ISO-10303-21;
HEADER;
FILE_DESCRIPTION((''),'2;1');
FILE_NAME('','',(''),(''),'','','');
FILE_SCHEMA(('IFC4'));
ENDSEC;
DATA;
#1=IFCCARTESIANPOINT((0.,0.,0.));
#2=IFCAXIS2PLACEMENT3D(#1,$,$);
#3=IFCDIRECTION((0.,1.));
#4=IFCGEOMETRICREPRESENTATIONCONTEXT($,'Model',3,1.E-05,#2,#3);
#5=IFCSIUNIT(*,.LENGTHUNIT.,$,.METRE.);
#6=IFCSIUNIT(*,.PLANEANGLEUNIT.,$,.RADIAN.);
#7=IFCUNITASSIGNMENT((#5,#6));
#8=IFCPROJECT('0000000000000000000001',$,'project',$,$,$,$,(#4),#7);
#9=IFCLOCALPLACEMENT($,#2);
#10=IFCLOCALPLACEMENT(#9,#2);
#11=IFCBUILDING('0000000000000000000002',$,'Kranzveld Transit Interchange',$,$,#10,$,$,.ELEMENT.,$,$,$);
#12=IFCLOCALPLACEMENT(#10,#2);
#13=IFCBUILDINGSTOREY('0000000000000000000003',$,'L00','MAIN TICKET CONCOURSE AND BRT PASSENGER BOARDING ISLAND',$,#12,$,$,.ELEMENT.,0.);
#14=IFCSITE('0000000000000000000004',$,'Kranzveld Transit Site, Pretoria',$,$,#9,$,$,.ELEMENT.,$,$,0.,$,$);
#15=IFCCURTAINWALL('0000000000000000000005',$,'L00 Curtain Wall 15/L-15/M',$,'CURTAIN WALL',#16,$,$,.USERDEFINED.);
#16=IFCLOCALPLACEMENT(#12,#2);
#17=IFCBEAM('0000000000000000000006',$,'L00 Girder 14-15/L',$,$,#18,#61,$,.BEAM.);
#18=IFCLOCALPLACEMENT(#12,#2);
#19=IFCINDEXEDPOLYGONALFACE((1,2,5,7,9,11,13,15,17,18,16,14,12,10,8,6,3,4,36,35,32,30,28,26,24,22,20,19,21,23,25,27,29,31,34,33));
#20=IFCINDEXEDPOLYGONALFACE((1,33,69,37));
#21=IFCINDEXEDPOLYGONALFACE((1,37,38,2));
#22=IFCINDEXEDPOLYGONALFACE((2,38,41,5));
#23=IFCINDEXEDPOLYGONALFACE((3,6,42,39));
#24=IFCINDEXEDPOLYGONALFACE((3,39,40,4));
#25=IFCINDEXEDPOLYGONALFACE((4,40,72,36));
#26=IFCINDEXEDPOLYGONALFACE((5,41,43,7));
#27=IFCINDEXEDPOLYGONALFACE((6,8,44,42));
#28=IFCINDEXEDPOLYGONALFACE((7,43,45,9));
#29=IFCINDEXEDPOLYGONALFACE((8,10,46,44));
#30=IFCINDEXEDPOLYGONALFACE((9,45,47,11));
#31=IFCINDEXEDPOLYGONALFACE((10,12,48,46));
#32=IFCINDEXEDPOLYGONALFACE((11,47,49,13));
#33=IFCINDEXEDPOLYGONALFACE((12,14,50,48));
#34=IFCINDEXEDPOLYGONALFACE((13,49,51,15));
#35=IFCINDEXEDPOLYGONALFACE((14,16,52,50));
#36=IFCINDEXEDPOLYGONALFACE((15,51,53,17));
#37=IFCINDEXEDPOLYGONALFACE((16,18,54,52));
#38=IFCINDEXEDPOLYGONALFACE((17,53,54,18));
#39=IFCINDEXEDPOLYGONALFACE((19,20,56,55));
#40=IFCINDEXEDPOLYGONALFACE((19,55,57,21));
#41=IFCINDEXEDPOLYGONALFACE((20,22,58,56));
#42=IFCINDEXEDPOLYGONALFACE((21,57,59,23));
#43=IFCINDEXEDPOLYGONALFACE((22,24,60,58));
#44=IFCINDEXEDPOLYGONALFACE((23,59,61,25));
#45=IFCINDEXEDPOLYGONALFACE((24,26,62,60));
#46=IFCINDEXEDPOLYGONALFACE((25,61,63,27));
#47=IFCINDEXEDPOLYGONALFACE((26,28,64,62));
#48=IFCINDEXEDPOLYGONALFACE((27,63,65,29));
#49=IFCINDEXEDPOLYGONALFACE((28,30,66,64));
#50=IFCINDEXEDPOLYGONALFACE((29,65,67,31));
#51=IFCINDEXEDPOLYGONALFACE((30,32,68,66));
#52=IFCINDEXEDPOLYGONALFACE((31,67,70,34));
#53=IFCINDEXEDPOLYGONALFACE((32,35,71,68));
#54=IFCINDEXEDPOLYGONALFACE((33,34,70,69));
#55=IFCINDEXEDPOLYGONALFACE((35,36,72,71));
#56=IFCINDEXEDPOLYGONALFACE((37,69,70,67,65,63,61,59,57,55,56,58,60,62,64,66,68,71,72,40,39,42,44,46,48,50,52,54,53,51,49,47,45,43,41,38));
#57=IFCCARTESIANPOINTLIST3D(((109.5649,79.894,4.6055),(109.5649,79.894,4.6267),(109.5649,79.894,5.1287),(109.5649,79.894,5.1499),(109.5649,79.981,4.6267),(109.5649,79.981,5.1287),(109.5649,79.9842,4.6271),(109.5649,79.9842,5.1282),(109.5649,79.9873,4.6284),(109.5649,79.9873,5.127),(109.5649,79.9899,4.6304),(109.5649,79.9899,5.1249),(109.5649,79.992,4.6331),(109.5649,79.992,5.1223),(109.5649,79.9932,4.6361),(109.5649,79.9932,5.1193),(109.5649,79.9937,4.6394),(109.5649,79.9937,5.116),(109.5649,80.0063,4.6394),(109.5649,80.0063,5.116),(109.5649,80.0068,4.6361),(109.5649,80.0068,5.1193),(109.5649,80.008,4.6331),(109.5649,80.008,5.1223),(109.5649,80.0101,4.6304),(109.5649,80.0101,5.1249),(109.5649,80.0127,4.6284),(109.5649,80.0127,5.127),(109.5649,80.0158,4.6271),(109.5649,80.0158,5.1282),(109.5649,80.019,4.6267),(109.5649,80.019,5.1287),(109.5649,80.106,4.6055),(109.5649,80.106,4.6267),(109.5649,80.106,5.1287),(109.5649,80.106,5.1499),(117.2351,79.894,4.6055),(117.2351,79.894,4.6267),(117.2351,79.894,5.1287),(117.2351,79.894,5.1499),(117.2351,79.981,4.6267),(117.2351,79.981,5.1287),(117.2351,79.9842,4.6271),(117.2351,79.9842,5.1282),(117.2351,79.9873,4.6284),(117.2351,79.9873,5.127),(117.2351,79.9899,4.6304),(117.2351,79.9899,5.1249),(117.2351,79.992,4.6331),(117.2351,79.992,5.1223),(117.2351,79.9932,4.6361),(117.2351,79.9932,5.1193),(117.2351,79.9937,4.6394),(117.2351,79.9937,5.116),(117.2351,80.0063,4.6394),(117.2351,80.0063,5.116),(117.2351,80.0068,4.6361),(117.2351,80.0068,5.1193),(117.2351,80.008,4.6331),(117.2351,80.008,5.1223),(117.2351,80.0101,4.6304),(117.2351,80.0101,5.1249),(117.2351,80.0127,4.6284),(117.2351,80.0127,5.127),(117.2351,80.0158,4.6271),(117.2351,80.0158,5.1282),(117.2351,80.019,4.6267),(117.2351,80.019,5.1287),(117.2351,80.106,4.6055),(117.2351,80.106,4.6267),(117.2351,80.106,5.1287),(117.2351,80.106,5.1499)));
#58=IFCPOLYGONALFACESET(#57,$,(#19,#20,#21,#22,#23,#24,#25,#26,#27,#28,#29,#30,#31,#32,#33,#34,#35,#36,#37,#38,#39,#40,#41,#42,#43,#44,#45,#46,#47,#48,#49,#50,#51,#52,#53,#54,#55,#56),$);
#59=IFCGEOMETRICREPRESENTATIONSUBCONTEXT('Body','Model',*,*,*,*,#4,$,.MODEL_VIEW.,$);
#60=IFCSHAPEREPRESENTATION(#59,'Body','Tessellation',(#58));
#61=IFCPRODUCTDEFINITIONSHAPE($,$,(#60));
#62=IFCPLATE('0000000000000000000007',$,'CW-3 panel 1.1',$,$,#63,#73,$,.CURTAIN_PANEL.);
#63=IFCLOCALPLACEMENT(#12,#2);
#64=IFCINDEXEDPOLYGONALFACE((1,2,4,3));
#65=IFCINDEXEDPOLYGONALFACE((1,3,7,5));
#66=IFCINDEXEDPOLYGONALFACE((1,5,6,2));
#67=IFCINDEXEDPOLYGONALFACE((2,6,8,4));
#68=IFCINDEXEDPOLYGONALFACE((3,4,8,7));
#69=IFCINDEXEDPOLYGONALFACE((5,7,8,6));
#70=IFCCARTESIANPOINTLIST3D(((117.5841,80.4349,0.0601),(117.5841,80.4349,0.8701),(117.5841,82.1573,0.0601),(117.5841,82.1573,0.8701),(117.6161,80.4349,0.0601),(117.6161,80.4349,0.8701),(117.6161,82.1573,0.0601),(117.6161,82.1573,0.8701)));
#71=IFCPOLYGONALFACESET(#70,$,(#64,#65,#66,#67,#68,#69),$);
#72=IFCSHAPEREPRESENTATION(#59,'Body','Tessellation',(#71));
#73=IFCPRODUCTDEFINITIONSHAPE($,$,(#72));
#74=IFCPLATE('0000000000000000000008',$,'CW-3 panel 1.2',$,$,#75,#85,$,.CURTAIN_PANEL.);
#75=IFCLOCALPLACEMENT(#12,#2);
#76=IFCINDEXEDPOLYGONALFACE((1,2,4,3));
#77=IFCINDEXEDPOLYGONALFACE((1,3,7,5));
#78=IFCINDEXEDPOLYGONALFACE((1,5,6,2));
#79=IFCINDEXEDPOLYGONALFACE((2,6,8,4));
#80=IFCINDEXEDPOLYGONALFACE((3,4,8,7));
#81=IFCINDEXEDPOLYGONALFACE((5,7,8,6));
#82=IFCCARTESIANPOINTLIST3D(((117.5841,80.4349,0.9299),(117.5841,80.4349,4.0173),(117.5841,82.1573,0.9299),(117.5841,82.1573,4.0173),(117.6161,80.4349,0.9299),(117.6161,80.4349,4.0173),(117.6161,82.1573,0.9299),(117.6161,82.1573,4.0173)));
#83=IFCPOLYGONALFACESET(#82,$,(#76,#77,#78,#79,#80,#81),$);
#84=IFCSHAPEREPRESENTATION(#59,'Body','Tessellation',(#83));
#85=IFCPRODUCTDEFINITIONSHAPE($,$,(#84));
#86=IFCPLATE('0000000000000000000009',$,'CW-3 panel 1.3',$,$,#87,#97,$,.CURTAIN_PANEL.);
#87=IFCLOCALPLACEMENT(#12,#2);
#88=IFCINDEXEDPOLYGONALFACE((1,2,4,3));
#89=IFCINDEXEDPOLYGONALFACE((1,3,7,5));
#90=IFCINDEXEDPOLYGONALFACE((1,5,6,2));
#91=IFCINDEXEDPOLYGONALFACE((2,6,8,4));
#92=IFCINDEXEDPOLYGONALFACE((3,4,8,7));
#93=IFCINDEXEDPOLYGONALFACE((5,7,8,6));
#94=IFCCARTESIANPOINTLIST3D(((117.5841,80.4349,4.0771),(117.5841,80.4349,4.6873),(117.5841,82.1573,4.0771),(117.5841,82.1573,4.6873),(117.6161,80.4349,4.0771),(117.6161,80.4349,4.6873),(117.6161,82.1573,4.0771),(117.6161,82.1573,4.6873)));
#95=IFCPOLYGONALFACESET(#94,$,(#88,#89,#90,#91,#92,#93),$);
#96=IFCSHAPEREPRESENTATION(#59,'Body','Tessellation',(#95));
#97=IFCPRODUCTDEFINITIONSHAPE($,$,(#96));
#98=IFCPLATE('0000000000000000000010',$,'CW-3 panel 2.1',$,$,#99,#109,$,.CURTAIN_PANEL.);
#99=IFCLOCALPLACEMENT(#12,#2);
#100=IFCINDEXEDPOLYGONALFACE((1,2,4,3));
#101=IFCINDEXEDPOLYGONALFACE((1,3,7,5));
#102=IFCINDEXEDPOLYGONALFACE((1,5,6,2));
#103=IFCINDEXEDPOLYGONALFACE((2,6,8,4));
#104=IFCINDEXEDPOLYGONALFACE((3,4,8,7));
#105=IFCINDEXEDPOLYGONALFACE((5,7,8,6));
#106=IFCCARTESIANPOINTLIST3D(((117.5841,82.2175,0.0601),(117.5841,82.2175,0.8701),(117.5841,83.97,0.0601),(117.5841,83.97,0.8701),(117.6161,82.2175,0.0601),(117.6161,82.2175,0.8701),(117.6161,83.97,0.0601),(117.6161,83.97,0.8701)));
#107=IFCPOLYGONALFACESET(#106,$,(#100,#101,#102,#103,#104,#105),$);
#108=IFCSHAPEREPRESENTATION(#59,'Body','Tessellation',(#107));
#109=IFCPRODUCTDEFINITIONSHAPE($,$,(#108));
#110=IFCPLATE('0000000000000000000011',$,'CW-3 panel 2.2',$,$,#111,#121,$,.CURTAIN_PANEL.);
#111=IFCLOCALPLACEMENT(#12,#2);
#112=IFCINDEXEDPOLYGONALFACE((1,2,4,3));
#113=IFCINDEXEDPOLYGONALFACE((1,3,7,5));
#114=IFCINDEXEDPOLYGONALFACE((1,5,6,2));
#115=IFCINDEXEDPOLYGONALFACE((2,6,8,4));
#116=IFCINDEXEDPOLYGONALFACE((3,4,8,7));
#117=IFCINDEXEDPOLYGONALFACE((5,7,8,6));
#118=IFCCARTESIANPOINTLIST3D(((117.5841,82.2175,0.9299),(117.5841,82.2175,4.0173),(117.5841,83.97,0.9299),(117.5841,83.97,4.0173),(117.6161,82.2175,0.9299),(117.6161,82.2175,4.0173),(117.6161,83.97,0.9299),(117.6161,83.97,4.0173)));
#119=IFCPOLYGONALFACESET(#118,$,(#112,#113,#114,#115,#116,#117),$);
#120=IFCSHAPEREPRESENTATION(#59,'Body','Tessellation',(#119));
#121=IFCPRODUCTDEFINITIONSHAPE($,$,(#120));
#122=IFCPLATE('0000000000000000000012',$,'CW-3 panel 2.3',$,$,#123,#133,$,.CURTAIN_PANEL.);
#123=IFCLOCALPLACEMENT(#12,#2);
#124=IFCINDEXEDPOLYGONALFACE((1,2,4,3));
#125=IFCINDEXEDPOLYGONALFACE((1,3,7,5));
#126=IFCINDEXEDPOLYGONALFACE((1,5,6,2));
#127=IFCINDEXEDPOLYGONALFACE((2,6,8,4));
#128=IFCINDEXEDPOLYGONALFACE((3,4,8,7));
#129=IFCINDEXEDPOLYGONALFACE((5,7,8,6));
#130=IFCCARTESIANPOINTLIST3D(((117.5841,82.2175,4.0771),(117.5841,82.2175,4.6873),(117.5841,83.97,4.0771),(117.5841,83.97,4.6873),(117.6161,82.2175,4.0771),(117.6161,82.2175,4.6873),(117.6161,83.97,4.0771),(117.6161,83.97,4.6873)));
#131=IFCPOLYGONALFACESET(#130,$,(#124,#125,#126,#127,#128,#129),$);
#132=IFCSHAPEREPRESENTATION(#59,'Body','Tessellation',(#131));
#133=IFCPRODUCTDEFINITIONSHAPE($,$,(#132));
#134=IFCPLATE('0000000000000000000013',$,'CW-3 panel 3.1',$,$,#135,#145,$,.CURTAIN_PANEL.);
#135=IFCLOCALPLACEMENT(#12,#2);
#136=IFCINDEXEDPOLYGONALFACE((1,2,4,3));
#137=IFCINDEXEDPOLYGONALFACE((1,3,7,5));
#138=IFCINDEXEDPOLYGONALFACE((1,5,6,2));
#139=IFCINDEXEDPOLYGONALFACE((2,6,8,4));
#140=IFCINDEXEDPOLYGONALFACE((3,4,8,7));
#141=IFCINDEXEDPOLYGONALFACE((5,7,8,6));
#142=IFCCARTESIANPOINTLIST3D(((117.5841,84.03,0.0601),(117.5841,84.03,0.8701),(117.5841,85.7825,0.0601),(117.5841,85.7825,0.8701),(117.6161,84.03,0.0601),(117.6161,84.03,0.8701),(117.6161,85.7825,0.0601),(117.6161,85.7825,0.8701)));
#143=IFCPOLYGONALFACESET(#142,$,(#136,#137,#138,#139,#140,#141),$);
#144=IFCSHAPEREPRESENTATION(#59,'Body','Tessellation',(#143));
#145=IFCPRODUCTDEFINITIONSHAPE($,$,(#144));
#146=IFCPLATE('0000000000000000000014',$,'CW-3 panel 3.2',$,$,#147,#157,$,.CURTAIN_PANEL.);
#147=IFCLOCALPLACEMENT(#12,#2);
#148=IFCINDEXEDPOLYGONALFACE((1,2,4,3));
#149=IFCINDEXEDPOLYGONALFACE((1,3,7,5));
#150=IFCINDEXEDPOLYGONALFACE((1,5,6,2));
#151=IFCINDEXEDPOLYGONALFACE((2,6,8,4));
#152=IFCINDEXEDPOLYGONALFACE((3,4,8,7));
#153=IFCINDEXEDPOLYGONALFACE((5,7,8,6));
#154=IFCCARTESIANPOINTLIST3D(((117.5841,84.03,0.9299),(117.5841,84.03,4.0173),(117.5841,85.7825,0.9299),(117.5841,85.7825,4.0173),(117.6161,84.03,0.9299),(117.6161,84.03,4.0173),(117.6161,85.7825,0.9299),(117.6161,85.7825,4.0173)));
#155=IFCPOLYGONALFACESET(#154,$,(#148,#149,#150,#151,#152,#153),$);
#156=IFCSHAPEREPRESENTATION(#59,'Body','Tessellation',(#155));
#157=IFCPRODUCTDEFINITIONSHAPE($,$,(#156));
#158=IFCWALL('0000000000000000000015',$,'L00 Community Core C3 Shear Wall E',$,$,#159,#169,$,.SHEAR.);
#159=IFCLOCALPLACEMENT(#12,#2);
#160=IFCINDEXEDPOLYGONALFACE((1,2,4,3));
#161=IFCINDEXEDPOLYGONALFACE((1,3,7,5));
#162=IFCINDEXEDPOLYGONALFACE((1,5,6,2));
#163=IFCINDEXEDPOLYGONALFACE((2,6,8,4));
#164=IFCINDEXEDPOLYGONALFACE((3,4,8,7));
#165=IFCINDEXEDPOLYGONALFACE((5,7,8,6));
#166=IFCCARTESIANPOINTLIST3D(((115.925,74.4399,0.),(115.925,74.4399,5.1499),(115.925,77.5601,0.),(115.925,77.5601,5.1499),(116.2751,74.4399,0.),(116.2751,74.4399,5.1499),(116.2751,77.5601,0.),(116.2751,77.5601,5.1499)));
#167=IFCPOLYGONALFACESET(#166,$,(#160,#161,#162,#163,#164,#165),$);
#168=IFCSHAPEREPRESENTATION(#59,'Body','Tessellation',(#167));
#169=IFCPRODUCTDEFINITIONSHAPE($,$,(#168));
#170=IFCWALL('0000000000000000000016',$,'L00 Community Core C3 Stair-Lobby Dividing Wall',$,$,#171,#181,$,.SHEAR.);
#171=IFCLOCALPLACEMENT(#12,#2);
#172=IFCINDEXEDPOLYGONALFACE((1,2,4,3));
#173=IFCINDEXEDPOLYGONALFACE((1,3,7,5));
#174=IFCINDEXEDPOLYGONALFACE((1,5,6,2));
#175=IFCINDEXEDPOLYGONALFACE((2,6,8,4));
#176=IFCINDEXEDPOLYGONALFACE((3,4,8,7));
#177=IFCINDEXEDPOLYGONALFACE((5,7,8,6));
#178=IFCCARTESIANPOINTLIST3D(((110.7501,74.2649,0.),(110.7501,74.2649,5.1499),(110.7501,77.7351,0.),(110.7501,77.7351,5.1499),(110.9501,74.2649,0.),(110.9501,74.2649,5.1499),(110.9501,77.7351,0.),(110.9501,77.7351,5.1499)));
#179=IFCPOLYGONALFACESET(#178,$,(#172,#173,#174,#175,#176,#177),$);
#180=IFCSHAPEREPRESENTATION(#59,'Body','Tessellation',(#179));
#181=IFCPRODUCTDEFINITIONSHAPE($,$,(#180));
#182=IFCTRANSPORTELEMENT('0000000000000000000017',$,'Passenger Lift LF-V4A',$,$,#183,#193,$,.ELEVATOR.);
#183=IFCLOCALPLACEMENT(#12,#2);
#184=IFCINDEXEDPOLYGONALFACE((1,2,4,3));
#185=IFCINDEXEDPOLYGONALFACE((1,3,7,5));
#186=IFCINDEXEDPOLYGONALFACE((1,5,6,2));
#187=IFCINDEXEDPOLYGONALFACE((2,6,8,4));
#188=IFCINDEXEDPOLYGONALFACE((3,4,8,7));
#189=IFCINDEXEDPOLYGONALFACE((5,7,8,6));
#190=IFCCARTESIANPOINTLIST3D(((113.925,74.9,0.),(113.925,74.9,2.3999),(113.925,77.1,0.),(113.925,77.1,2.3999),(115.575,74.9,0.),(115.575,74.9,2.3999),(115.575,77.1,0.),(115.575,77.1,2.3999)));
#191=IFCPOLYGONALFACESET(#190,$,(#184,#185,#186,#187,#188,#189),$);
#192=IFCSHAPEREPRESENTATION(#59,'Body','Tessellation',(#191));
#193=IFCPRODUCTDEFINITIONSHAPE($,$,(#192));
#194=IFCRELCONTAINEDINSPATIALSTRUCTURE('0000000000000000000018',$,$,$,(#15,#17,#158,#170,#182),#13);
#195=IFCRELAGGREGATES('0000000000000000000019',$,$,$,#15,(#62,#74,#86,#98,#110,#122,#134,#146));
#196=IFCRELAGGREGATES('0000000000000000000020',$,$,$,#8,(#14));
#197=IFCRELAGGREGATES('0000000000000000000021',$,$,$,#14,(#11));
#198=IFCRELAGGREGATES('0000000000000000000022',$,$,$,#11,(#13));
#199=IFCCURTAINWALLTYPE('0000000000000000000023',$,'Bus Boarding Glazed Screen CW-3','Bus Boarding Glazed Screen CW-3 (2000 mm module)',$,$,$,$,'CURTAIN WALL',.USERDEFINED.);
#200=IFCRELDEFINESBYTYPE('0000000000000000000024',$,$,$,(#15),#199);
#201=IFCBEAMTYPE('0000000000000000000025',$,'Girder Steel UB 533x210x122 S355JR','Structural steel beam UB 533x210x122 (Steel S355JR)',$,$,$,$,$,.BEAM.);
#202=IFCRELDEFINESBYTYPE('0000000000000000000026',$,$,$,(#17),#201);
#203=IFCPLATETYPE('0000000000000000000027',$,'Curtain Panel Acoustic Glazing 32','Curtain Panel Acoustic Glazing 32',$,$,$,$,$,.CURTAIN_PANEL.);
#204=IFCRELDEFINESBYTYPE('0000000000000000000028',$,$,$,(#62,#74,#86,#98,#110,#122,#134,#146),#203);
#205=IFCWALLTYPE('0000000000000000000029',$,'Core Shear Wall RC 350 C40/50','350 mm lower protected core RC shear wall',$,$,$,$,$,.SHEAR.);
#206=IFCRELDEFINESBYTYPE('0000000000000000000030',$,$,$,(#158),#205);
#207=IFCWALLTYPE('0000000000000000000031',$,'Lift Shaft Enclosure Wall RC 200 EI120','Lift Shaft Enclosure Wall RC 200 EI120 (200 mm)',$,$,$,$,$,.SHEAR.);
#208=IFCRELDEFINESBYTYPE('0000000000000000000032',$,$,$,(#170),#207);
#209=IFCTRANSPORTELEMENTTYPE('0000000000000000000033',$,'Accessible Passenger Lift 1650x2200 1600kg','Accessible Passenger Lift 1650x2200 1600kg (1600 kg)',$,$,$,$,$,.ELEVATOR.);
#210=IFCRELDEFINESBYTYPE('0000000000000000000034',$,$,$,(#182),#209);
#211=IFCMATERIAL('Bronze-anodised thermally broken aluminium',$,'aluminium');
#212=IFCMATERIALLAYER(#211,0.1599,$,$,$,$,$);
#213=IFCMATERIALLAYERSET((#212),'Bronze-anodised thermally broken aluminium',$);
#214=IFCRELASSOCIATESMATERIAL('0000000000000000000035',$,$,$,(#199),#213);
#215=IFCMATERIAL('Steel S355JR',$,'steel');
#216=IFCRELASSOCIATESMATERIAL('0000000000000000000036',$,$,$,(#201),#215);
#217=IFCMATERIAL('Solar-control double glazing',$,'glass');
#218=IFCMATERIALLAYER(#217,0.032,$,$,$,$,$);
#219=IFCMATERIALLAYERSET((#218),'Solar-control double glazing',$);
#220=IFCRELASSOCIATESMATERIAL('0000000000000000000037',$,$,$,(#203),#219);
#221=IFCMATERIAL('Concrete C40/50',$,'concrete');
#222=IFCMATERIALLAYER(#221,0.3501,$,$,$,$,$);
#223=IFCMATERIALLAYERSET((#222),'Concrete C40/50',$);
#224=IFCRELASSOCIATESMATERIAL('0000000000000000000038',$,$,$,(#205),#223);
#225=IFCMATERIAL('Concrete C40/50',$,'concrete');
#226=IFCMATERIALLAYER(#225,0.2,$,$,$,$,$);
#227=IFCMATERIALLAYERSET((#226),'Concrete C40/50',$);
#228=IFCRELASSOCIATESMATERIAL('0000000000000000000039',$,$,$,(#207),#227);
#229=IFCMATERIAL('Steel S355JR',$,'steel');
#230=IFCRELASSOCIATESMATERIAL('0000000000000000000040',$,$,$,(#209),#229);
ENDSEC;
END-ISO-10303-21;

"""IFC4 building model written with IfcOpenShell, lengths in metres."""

from ifc_helpers import new_model, si_unit, direction, frame, frame_2d, origin, origin_2d, place, context, subcontext, project, spatial, rectangle, i_section, extrude, material, layer, layer_set, material_profile, profile_set, type_object, element, aggregate, save


model = new_model("IFC4")

# Units and contexts
model_context = context("Model", 3, precision=1e-05, world=origin(), true_north=direction((0.0, 1.0)))
body_context = subcontext(model_context, "Body", "Model", "MODEL_VIEW")
ifc_project = project(units=[si_unit("LENGTHUNIT", "METRE"), si_unit("PLANEANGLEUNIT", "RADIAN")], contexts=[model_context])

# Site, building, storey
site_placement = place(None, origin())
site = spatial("IfcSite", under=ifc_project, at=site_placement, Name="Kranzveld Transit Site, Pretoria", CompositionType="ELEMENT", RefElevation=0.0)
building_placement = place(site_placement, origin())
building = spatial("IfcBuilding", under=site, at=building_placement, Name="Kranzveld Transit Interchange", CompositionType="ELEMENT")
storey_placement = place(building_placement, origin())
storey = spatial("IfcBuildingStorey", under=building, at=storey_placement, Name="L00", Description="MAIN TICKET CONCOURSE AND BRT PASSENGER BOARDING ISLAND", CompositionType="ELEMENT", Elevation=0.0)

# Curtain wall
ifc_material_1 = material(Name="Bronze-anodised thermally broken aluminium", Category="aluminium")
ifc_layer_1 = layer(ifc_material_1, 0.1599)
ifc_layer_set_1 = layer_set([ifc_layer_1], Name="Bronze-anodised thermally broken aluminium")
curtain_wall_type = type_object("IfcCurtainWallType", Name="Bus Boarding Glazed Screen CW-3", Description="Bus Boarding Glazed Screen CW-3 (2000 mm module)", ElementType="CURTAIN WALL", PredefinedType="USERDEFINED", material=ifc_layer_set_1)
curtain_wall_placement = place(storey_placement, origin())
curtain_wall = element("IfcCurtainWall", 1, at=curtain_wall_placement, inside=storey, type_object=curtain_wall_type, Name="L00 Curtain Wall 15/L-15/M", ObjectType="CURTAIN WALL", PredefinedType="USERDEFINED")

# Beam
ifc_material_2 = material(Name="Steel S355JR", Category="steel")
ifc_material_profile_1 = material_profile(ifc_material_2, i_section(OverallWidth=0.2119, OverallDepth=0.5444, WebThickness=0.0127, FlangeThickness=0.0212, FilletRadius=0.0127, at=origin_2d()), Name="UB 533x210x122")
ifc_profile_set_1 = profile_set([ifc_material_profile_1], Name="Steel S355JR")
beam_type_1 = type_object("IfcBeamType", Name="Girder Steel UB 533x210x122 S355JR", Description="Structural steel beam UB 533x210x122 (Steel S355JR)", PredefinedType="BEAM", material=ifc_profile_set_1)
beam_1_placement = place(storey_placement, frame((109.5649, 80.0, 4.8777), z_axis=(1.0, 0.0, 0.0), x_axis=(0.0, 1.0, 0.0)))
element("IfcBeam", 2, at=beam_1_placement, inside=storey, type_object=beam_type_1, Name="L00 Girder 14-15/L", PredefinedType="BEAM", context=body_context, shape_type="SweptSolid", body=[
    extrude(i_section(OverallWidth=0.2119, OverallDepth=0.5444, WebThickness=0.0127, FlangeThickness=0.0212, FilletRadius=0.0127, at=origin_2d()), origin(), (0.0, 0.0, 1.0), 7.6702),
])

# Plates
ifc_material_3 = material(Name="Solar-control double glazing", Category="glass")
ifc_layer_2 = layer(ifc_material_3, 0.032)
ifc_layer_set_2 = layer_set([ifc_layer_2], Name="Solar-control double glazing")
plate_type = type_object("IfcPlateType", Name="Curtain Panel Acoustic Glazing 32", Description="Curtain Panel Acoustic Glazing 32", PredefinedType="CURTAIN_PANEL", material=ifc_layer_set_2)
plate_1_placement = place(storey_placement, frame((117.6001, 81.2961, 0.0601), z_axis=(0.0, 0.0, 1.0), x_axis=(0.0, 1.0, 0.0)))
plate_1 = element("IfcPlate", 3, at=plate_1_placement, type_object=plate_type, Name="CW-3 panel 1.1", PredefinedType="CURTAIN_PANEL", context=body_context, shape_type="SweptSolid", body=[
    extrude(rectangle(XDim=1.7224, YDim=0.032, at=origin_2d()), origin(), (0.0, 0.0, 1.0), 0.8101),
])
plate_2_placement = place(storey_placement, frame((117.6001, 81.2961, 0.9299), z_axis=(0.0, 0.0, 1.0), x_axis=(0.0, 1.0, 0.0)))
plate_2 = element("IfcPlate", 4, at=plate_2_placement, type_object=plate_type, Name="CW-3 panel 1.2", PredefinedType="CURTAIN_PANEL", context=body_context, shape_type="SweptSolid", body=[
    extrude(rectangle(XDim=1.7224, YDim=0.032, at=origin_2d()), origin(), (0.0, 0.0, 1.0), 3.0874),
])
plate_3_placement = place(storey_placement, frame((117.6001, 81.2961, 4.0771), z_axis=(0.0, 0.0, 1.0), x_axis=(0.0, 1.0, 0.0)))
plate_3 = element("IfcPlate", 5, at=plate_3_placement, type_object=plate_type, Name="CW-3 panel 1.3", PredefinedType="CURTAIN_PANEL", context=body_context, shape_type="SweptSolid", body=[
    extrude(rectangle(XDim=1.7224, YDim=0.032, at=origin_2d()), origin(), (0.0, 0.0, 1.0), 0.6101),
])
plate_4_placement = place(storey_placement, frame((117.6001, 83.0938, 0.0601), z_axis=(0.0, 0.0, 1.0), x_axis=(0.0, 1.0, 0.0)))
plate_4 = element("IfcPlate", 6, at=plate_4_placement, type_object=plate_type, Name="CW-3 panel 2.1", PredefinedType="CURTAIN_PANEL", context=body_context, shape_type="SweptSolid", body=[
    extrude(rectangle(XDim=1.7524, YDim=0.032, at=origin_2d()), origin(), (0.0, 0.0, 1.0), 0.8101),
])
plate_5_placement = place(storey_placement, frame((117.6001, 83.0938, 0.9299), z_axis=(0.0, 0.0, 1.0), x_axis=(0.0, 1.0, 0.0)))
plate_5 = element("IfcPlate", 7, at=plate_5_placement, type_object=plate_type, Name="CW-3 panel 2.2", PredefinedType="CURTAIN_PANEL", context=body_context, shape_type="SweptSolid", body=[
    extrude(rectangle(XDim=1.7524, YDim=0.032, at=origin_2d()), origin(), (0.0, 0.0, 1.0), 3.0874),
])
plate_6_placement = place(storey_placement, frame((117.6001, 83.0938, 4.0771), z_axis=(0.0, 0.0, 1.0), x_axis=(0.0, 1.0, 0.0)))
plate_6 = element("IfcPlate", 8, at=plate_6_placement, type_object=plate_type, Name="CW-3 panel 2.3", PredefinedType="CURTAIN_PANEL", context=body_context, shape_type="SweptSolid", body=[
    extrude(rectangle(XDim=1.7524, YDim=0.032, at=origin_2d()), origin(), (0.0, 0.0, 1.0), 0.6101),
])
plate_7_placement = place(storey_placement, frame((117.6001, 84.9062, 0.0601), z_axis=(0.0, 0.0, 1.0), x_axis=(0.0, 1.0, 0.0)))
plate_7 = element("IfcPlate", 9, at=plate_7_placement, type_object=plate_type, Name="CW-3 panel 3.1", PredefinedType="CURTAIN_PANEL", context=body_context, shape_type="SweptSolid", body=[
    extrude(rectangle(XDim=1.7524, YDim=0.032, at=origin_2d()), origin(), (0.0, 0.0, 1.0), 0.8101),
])
plate_8_placement = place(storey_placement, frame((117.6001, 84.9062, 0.9299), z_axis=(0.0, 0.0, 1.0), x_axis=(0.0, 1.0, 0.0)))
plate_8 = element("IfcPlate", 10, at=plate_8_placement, type_object=plate_type, Name="CW-3 panel 3.2", PredefinedType="CURTAIN_PANEL", context=body_context, shape_type="SweptSolid", body=[
    extrude(rectangle(XDim=1.7524, YDim=0.032, at=origin_2d()), origin(), (0.0, 0.0, 1.0), 3.0874),
])
aggregate(curtain_wall, [plate_1, plate_2, plate_3, plate_4, plate_5, plate_6, plate_7, plate_8])

# Walls
ifc_material_4 = material(Name="Concrete C40/50", Category="concrete")
ifc_layer_3 = layer(ifc_material_4, 0.3501)
ifc_layer_set_3 = layer_set([ifc_layer_3], Name="Concrete C40/50")
wall_type_1 = type_object("IfcWallType", Name="Core Shear Wall RC 350 C40/50", Description="350 mm lower protected core RC shear wall", PredefinedType="SHEAR", material=ifc_layer_set_3)
wall_1_placement = place(storey_placement, frame((116.1001, 74.4399, 0.0), z_axis=(0.0, 0.0, 1.0), x_axis=(0.0, 1.0, 0.0)))
element("IfcWall", 11, at=wall_1_placement, inside=storey, type_object=wall_type_1, Name="L00 Community Core C3 Shear Wall E", PredefinedType="SHEAR", context=body_context, shape_type="SweptSolid", body=[
    extrude(rectangle(XDim=3.1201, YDim=0.3501, at=frame_2d((1.5601, 0.0))), origin(), (0.0, 0.0, 1.0), 5.1499),
])
ifc_material_5 = material(Name="Concrete C40/50", Category="concrete")
ifc_layer_4 = layer(ifc_material_5, 0.2)
ifc_layer_set_4 = layer_set([ifc_layer_4], Name="Concrete C40/50")
wall_type_2 = type_object("IfcWallType", Name="Lift Shaft Enclosure Wall RC 200 EI120", Description="Lift Shaft Enclosure Wall RC 200 EI120 (200 mm)", PredefinedType="SHEAR", material=ifc_layer_set_4)
wall_2_placement = place(storey_placement, frame((110.8501, 74.2649, 0.0), z_axis=(0.0, 0.0, 1.0), x_axis=(0.0, 1.0, 0.0)))
element("IfcWall", 12, at=wall_2_placement, inside=storey, type_object=wall_type_2, Name="L00 Community Core C3 Stair-Lobby Dividing Wall", PredefinedType="SHEAR", context=body_context, shape_type="SweptSolid", body=[
    extrude(rectangle(XDim=3.4702, YDim=0.2, at=frame_2d((1.7351, 0.0))), origin(), (0.0, 0.0, 1.0), 5.1499),
])

# Transport element
ifc_material_6 = material(Name="Steel S355JR", Category="steel")
transport_element_type = type_object("IfcTransportElementType", Name="Accessible Passenger Lift 1650x2200 1600kg", Description="Accessible Passenger Lift 1650x2200 1600kg (1600 kg)", PredefinedType="ELEVATOR", material=ifc_material_6)
transport_element_placement = place(storey_placement, frame((114.75, 76.0, 0.0), z_axis=(0.0, 0.0, 1.0), x_axis=(1.0, 0.0, 0.0)))
element("IfcTransportElement", 13, at=transport_element_placement, inside=storey, type_object=transport_element_type, Name="Passenger Lift LF-V4A", PredefinedType="ELEVATOR", context=body_context, shape_type="SweptSolid", body=[
    extrude(rectangle(XDim=1.6499, YDim=2.2, at=origin_2d()), origin(), (0.0, 0.0, 1.0), 2.3999),
])

save(model, "model.ifc")
